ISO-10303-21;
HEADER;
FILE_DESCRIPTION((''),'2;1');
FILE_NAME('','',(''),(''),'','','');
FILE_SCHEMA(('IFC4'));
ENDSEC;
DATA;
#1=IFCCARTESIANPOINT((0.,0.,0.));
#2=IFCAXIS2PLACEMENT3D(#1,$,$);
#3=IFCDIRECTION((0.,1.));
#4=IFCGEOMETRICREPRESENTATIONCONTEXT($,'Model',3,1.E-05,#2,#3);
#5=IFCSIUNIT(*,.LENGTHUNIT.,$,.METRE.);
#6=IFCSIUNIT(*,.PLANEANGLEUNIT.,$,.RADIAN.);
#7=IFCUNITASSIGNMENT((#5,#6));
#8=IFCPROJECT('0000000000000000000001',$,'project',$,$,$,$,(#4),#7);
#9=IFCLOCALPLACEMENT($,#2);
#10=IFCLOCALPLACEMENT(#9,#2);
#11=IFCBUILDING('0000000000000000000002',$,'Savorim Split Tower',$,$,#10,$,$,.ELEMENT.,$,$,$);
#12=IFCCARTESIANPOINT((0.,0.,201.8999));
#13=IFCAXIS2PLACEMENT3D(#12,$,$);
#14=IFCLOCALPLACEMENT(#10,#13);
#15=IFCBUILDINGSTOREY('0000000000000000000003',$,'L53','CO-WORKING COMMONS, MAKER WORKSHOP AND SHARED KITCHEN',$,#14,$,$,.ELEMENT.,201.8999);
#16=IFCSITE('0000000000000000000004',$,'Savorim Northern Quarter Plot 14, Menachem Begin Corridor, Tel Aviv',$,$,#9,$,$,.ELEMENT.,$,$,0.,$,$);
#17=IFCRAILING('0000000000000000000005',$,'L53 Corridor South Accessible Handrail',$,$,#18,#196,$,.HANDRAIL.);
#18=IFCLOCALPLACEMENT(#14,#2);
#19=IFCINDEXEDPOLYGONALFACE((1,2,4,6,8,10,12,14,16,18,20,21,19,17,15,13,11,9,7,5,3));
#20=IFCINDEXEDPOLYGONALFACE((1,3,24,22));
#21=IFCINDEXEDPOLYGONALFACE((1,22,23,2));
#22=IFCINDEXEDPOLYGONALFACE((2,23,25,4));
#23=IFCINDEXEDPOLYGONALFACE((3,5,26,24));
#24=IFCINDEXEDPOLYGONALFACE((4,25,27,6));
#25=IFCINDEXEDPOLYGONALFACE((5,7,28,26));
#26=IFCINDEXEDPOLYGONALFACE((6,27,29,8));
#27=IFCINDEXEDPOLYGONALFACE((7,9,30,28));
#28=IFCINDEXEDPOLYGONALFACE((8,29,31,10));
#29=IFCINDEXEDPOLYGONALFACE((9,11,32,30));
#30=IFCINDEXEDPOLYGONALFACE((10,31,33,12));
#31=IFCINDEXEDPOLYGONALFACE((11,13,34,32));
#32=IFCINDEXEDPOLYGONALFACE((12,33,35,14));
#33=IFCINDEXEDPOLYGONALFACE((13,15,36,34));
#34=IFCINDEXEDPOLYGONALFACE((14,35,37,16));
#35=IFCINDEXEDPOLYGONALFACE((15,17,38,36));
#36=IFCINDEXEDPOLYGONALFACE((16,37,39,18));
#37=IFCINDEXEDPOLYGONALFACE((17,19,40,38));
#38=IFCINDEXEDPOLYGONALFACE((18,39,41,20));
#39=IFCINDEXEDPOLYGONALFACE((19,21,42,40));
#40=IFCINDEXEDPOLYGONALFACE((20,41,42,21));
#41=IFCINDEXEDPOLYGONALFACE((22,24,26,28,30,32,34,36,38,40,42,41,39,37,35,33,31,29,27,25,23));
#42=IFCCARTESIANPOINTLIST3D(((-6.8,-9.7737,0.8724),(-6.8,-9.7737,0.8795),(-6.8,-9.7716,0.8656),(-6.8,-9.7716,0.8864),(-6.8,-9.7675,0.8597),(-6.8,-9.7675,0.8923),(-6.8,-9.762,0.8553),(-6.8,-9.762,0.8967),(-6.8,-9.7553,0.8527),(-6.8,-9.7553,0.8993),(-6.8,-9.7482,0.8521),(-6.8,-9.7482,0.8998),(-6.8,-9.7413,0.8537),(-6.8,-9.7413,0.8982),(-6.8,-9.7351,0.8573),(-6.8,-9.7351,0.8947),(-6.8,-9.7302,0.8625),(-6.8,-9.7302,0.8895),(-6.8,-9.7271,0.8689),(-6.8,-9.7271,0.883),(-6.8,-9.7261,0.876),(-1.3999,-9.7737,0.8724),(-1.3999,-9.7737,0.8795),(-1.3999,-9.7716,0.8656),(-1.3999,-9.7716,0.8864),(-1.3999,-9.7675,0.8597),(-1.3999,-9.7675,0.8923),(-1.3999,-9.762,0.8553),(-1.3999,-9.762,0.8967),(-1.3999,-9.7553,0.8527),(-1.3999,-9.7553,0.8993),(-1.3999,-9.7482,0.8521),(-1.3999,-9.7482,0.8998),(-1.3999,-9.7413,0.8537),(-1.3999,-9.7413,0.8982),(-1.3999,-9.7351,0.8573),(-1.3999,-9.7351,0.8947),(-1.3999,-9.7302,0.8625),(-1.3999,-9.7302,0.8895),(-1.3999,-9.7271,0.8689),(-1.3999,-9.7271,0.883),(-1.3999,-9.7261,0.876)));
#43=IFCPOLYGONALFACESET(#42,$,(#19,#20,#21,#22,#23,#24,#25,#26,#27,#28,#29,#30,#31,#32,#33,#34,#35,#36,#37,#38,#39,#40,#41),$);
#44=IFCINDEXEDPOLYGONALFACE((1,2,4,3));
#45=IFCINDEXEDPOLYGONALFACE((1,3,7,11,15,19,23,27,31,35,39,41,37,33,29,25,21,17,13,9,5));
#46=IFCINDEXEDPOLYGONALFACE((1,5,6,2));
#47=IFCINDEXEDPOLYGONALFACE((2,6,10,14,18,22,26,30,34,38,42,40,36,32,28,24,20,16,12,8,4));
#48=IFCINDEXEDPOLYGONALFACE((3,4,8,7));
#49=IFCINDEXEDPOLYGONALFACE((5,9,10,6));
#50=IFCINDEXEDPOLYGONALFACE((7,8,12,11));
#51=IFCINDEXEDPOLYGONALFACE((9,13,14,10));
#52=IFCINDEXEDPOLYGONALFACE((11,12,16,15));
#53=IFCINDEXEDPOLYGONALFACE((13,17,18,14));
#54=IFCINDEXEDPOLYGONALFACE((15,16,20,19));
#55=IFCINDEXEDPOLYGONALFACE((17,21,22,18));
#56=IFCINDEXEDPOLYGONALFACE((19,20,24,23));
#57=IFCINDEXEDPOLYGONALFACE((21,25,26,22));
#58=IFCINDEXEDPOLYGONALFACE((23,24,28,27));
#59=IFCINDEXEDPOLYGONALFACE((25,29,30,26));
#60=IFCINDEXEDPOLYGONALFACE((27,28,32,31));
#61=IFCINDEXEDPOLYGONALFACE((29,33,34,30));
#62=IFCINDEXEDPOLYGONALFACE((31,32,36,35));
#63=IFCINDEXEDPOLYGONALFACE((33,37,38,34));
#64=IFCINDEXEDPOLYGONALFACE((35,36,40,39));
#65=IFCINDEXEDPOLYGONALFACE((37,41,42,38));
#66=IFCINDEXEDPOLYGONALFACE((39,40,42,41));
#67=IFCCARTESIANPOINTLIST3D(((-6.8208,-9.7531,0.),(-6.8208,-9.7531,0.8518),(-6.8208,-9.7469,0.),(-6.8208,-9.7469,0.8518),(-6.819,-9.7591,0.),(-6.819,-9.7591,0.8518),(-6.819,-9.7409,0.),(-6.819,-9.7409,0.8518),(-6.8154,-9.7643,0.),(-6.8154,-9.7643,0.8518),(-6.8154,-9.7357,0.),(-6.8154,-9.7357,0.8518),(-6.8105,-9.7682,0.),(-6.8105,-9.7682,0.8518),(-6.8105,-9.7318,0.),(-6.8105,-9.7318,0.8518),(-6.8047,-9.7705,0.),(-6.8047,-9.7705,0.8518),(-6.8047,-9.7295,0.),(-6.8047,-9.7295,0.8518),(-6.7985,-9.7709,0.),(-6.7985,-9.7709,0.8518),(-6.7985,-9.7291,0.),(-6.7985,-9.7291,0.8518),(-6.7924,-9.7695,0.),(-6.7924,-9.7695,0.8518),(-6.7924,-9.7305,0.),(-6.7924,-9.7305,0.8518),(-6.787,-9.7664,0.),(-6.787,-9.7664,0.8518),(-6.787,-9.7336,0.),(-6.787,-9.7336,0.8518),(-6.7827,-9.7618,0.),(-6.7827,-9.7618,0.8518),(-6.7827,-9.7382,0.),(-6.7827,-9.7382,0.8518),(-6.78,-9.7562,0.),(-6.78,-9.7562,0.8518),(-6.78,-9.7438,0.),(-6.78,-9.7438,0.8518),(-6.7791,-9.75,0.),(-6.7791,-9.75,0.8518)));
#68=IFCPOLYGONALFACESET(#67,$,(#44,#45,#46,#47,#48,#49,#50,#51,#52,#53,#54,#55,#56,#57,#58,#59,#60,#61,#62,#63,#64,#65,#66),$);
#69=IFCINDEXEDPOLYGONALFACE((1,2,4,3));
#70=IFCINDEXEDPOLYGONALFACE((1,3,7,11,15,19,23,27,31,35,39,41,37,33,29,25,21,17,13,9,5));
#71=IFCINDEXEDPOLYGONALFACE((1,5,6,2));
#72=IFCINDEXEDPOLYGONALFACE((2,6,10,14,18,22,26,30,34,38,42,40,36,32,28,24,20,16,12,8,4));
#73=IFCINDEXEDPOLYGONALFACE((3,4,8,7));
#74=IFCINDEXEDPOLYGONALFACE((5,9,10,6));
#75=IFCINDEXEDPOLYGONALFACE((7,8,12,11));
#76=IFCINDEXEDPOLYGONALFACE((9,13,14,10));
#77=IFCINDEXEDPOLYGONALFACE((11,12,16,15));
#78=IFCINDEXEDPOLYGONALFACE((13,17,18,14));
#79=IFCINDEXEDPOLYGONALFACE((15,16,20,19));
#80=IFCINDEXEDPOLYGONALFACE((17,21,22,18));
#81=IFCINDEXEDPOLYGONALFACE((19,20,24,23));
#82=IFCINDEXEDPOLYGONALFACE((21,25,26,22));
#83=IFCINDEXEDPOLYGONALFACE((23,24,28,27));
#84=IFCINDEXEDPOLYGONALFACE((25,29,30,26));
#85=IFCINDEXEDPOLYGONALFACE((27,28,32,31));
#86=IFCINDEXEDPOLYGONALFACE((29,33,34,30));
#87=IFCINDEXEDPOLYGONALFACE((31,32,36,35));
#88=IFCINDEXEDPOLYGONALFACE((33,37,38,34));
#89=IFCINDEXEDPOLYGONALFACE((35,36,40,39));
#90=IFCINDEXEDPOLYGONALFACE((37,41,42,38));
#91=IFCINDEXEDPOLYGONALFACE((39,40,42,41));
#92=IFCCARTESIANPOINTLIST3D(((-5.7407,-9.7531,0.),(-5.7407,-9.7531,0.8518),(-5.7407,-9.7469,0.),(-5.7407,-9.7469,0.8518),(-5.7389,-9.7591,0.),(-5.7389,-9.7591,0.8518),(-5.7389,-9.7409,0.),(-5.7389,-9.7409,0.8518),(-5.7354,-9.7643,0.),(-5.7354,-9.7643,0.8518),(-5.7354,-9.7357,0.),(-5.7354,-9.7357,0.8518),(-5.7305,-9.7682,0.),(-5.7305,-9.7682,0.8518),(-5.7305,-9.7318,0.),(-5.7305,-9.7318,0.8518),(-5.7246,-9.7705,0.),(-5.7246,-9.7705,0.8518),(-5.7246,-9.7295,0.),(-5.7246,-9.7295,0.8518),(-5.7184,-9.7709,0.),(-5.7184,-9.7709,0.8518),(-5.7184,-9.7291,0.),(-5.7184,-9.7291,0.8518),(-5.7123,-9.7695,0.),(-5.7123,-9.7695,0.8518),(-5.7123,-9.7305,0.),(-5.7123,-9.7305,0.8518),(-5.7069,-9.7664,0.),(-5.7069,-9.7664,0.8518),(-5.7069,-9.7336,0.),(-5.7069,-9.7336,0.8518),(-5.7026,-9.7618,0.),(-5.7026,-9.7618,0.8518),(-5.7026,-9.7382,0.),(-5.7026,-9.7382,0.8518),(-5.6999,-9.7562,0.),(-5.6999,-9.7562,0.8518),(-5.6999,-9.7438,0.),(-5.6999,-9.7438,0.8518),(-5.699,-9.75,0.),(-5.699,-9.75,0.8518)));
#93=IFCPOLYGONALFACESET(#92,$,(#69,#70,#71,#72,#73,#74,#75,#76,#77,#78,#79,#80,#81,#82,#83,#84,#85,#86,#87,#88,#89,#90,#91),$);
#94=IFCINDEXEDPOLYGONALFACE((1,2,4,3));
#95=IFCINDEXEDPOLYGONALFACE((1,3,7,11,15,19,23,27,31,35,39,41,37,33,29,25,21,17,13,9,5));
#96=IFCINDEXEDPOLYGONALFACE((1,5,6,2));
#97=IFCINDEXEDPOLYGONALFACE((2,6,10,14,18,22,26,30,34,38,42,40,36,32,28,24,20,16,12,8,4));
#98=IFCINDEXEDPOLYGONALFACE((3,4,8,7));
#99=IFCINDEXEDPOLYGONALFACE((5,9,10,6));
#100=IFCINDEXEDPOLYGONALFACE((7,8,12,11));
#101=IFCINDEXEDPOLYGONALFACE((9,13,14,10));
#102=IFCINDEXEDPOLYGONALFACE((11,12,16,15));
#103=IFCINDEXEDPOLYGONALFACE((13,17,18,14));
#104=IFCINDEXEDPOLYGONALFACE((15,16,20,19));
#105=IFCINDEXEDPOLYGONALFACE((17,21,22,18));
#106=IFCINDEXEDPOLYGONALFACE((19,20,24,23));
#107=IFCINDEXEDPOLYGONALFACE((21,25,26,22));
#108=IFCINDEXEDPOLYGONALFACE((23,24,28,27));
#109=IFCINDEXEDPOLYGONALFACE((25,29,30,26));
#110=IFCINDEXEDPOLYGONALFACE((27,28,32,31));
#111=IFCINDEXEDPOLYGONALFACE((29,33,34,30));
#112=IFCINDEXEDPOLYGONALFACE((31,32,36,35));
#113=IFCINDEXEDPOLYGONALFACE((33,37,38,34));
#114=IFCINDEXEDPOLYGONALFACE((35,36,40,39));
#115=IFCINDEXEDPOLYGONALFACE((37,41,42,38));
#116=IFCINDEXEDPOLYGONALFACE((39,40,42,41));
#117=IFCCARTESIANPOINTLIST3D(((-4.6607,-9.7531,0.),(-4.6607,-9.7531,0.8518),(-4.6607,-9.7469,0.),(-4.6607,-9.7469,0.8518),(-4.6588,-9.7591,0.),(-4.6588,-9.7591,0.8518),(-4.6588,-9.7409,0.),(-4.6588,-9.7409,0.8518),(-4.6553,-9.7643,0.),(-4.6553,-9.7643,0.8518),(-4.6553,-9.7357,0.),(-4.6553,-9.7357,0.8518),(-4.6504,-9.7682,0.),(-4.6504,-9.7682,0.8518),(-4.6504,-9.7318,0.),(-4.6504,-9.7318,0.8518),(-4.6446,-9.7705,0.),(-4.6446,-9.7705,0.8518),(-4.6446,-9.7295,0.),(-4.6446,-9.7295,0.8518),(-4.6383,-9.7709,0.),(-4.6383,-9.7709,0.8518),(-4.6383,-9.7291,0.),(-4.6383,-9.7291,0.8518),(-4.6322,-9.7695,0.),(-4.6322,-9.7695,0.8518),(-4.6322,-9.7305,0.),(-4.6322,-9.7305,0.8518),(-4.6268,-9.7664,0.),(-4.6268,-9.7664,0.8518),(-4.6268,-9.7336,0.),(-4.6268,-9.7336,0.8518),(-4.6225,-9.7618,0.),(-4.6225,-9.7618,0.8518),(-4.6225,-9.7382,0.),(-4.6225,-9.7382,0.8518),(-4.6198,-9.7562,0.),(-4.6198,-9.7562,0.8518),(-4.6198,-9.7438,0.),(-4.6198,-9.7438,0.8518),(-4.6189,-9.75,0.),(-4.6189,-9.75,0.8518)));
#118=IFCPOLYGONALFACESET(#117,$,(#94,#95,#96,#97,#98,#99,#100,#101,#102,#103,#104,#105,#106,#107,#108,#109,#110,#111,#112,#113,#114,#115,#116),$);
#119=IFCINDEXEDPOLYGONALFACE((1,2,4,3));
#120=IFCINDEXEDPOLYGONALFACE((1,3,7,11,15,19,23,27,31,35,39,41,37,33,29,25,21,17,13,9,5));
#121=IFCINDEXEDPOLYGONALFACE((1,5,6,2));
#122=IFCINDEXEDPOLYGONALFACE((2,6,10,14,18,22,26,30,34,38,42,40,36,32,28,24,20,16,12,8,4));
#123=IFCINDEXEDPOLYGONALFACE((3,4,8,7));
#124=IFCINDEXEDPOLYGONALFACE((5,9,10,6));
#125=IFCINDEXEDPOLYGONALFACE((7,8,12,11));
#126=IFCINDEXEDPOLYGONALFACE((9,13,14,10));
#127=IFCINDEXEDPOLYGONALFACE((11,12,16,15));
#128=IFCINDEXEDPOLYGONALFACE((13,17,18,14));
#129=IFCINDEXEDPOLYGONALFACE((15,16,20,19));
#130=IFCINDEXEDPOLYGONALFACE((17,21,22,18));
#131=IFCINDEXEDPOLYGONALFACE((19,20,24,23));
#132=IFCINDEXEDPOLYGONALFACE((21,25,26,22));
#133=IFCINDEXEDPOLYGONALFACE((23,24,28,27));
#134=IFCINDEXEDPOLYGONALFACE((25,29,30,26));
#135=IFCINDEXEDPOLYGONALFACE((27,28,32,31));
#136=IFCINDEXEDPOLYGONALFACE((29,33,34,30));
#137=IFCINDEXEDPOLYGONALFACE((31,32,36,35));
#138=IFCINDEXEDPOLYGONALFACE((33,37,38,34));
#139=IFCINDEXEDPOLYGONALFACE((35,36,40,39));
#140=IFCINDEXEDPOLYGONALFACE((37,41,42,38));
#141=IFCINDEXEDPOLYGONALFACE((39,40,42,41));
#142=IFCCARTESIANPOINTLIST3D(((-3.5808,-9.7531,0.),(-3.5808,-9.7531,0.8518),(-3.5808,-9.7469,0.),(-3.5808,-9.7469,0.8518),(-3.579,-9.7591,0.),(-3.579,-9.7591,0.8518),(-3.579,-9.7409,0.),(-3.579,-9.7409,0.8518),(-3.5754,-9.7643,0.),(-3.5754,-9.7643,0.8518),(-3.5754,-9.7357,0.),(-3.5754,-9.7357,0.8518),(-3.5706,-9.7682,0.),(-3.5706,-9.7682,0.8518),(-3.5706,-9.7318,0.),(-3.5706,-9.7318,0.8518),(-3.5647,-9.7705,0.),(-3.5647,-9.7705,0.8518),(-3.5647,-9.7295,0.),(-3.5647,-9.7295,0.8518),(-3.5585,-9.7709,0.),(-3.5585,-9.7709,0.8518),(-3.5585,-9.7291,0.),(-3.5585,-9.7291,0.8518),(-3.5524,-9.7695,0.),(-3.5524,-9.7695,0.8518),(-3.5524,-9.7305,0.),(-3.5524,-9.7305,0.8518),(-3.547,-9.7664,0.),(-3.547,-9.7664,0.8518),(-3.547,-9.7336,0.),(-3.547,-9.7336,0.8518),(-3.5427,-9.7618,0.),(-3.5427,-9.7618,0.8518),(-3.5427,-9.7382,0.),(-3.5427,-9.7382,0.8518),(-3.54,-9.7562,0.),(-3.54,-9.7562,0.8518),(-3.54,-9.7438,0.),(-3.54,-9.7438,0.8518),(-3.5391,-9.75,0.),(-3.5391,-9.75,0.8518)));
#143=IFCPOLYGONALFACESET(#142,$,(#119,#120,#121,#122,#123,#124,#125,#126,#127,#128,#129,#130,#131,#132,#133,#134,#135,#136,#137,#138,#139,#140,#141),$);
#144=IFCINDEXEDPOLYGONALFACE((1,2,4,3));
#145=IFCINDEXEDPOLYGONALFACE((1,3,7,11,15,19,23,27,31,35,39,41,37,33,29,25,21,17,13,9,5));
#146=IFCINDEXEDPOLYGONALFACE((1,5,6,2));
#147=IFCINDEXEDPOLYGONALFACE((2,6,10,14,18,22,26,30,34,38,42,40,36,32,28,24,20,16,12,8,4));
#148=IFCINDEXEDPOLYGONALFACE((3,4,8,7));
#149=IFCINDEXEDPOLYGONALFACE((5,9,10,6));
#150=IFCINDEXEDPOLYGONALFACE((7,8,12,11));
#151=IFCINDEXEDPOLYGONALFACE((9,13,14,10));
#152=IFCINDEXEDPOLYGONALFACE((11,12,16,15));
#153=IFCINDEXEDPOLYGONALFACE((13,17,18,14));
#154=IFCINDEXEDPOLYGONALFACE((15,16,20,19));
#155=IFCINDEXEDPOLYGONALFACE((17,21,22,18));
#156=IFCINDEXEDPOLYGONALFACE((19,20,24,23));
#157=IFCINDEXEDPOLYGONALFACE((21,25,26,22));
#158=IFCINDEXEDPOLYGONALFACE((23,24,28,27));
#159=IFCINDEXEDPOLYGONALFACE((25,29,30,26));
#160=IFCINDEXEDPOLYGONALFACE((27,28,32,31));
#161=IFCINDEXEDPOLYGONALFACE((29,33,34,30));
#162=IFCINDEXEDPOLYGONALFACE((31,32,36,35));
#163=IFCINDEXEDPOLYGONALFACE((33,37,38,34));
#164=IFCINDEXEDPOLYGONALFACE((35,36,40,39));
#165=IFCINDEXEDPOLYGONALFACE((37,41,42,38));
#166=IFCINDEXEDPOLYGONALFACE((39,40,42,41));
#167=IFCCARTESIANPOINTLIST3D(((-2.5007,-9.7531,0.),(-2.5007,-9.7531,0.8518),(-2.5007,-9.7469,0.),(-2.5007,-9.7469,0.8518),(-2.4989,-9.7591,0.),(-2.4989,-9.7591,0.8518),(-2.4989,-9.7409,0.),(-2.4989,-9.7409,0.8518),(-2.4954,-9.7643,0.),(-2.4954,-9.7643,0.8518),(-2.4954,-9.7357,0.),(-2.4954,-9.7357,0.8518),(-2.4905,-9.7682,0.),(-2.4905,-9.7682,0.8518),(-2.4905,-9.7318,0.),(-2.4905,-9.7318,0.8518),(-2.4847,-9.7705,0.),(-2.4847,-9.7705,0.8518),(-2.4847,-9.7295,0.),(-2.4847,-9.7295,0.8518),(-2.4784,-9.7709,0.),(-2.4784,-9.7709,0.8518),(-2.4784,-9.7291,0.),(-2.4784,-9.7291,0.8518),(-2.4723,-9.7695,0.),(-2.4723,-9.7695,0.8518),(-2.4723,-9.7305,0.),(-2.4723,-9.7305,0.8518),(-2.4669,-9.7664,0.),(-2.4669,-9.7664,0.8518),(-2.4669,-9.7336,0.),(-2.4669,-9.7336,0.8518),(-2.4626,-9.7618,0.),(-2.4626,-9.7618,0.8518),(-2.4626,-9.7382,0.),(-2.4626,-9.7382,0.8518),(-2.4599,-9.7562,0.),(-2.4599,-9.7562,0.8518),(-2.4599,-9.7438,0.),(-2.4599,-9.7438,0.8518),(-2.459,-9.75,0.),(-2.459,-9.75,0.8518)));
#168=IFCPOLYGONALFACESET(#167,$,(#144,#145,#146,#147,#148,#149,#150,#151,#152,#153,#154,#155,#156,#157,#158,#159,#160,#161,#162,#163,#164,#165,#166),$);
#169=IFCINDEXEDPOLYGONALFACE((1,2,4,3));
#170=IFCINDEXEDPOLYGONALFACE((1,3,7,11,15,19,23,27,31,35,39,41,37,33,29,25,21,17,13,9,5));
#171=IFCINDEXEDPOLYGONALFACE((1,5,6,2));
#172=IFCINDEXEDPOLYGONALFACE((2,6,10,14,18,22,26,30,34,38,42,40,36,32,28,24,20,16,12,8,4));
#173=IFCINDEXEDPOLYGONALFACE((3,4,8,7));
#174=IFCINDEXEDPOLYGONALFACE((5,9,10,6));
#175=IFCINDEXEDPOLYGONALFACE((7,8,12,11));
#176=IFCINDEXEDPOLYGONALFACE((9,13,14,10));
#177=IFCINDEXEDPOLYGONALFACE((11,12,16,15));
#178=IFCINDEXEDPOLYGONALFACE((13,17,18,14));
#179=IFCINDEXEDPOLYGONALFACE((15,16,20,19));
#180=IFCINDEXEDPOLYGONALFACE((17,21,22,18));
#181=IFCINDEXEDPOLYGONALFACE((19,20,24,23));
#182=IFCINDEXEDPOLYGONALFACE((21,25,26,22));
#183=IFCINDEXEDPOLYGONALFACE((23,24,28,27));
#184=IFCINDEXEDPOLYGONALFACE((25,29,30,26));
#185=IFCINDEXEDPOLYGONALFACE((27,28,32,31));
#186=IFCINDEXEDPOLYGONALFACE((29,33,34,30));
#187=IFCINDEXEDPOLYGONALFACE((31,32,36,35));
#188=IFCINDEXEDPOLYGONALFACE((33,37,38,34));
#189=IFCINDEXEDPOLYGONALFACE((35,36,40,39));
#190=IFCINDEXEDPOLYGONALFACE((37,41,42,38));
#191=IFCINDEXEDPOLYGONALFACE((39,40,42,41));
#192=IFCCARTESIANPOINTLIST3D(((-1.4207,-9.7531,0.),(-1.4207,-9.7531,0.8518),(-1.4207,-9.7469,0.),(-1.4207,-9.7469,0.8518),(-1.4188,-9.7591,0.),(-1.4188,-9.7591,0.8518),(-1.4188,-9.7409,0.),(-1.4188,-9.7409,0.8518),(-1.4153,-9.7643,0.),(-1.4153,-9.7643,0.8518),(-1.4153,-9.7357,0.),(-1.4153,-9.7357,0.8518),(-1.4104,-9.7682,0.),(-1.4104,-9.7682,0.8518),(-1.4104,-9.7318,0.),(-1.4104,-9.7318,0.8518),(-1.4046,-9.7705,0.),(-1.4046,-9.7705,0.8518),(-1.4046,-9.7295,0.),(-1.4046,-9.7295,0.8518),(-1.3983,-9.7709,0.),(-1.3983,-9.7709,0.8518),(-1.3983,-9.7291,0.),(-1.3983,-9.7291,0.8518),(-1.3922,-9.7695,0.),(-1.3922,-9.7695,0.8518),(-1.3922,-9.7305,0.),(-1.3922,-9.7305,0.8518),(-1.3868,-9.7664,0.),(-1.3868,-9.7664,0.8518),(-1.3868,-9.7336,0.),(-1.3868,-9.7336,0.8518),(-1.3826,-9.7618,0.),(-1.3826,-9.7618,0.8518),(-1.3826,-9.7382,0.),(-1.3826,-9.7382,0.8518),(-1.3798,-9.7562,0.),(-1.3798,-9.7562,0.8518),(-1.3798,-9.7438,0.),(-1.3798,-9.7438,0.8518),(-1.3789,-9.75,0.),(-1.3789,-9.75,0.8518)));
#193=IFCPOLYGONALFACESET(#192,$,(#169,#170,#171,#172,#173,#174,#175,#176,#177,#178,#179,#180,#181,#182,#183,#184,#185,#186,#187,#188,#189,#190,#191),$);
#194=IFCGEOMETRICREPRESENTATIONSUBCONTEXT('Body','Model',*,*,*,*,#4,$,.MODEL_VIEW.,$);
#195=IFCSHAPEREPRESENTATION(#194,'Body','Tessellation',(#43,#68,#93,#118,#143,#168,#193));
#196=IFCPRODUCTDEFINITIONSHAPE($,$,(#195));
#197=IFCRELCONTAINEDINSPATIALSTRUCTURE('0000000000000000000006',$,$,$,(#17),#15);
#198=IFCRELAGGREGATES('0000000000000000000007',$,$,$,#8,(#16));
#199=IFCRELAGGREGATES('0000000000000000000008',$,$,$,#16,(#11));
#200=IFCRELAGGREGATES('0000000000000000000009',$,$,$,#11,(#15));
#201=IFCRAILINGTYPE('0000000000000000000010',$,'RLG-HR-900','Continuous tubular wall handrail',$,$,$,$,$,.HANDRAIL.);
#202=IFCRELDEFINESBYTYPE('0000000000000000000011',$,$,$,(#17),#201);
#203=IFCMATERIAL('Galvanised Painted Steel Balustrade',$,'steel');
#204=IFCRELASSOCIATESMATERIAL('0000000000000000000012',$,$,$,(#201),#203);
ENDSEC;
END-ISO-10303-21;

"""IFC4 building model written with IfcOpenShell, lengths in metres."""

from ifc_helpers import new_model, si_unit, direction, frame, origin, origin_2d, place, context, subcontext, project, spatial, circle, extrude, material, type_object, element, save


model = new_model("IFC4")

# Units and contexts
model_context = context("Model", 3, precision=1e-05, world=origin(), true_north=direction((0.0, 1.0)))
body_context = subcontext(model_context, "Body", "Model", "MODEL_VIEW")
ifc_project = project(units=[si_unit("LENGTHUNIT", "METRE"), si_unit("PLANEANGLEUNIT", "RADIAN")], contexts=[model_context])

# Site, building, storey
site_placement = place(None, origin())
site = spatial("IfcSite", under=ifc_project, at=site_placement, Name="Savorim Northern Quarter Plot 14, Menachem Begin Corridor, Tel Aviv", CompositionType="ELEMENT", RefElevation=0.0)
building_placement = place(site_placement, origin())
building = spatial("IfcBuilding", under=site, at=building_placement, Name="Savorim Split Tower", CompositionType="ELEMENT")
storey_placement = place(building_placement, frame((0.0, 0.0, 201.8999)))
storey = spatial("IfcBuildingStorey", under=building, at=storey_placement, Name="L53", Description="CO-WORKING COMMONS, MAKER WORKSHOP AND SHARED KITCHEN", CompositionType="ELEMENT", Elevation=201.8999)

# Railing
ifc_material_1 = material(Name="Galvanised Painted Steel Balustrade", Category="steel")
railing_type_1 = type_object("IfcRailingType", Name="RLG-HR-900", Description="Continuous tubular wall handrail", PredefinedType="HANDRAIL", material=ifc_material_1)
railing_1_placement = place(storey_placement, frame((-6.8, -9.75, 0.0)))
element("IfcRailing", 1, at=railing_1_placement, inside=storey, type_object=railing_type_1, Name="L53 Corridor South Accessible Handrail", PredefinedType="HANDRAIL", context=body_context, shape_type="SweptSolid", body=[
    extrude(circle(Radius=0.0239, at=origin_2d()), frame((0.0, 0.0, 0.876), z_axis=(1.0, 0.0, 0.0), x_axis=(0.0, 1.0, 0.0)), (0.0, 0.0, 1.0), 5.4001),
    extrude(circle(Radius=0.021, at=origin_2d()), origin(), (0.0, 0.0, 1.0), 0.8518),
    extrude(circle(Radius=0.021, at=origin_2d()), frame((1.0801, 0.0, 0.0)), (0.0, 0.0, 1.0), 0.8518),
    extrude(circle(Radius=0.021, at=origin_2d()), frame((2.1602, 0.0, 0.0)), (0.0, 0.0, 1.0), 0.8518),
    extrude(circle(Radius=0.021, at=origin_2d()), frame((3.24, 0.0, 0.0)), (0.0, 0.0, 1.0), 0.8518),
    extrude(circle(Radius=0.021, at=origin_2d()), frame((4.3201, 0.0, 0.0)), (0.0, 0.0, 1.0), 0.8518),
    extrude(circle(Radius=0.021, at=origin_2d()), frame((5.4001, 0.0, 0.0)), (0.0, 0.0, 1.0), 0.8518),
])

save(model, "model.ifc")
